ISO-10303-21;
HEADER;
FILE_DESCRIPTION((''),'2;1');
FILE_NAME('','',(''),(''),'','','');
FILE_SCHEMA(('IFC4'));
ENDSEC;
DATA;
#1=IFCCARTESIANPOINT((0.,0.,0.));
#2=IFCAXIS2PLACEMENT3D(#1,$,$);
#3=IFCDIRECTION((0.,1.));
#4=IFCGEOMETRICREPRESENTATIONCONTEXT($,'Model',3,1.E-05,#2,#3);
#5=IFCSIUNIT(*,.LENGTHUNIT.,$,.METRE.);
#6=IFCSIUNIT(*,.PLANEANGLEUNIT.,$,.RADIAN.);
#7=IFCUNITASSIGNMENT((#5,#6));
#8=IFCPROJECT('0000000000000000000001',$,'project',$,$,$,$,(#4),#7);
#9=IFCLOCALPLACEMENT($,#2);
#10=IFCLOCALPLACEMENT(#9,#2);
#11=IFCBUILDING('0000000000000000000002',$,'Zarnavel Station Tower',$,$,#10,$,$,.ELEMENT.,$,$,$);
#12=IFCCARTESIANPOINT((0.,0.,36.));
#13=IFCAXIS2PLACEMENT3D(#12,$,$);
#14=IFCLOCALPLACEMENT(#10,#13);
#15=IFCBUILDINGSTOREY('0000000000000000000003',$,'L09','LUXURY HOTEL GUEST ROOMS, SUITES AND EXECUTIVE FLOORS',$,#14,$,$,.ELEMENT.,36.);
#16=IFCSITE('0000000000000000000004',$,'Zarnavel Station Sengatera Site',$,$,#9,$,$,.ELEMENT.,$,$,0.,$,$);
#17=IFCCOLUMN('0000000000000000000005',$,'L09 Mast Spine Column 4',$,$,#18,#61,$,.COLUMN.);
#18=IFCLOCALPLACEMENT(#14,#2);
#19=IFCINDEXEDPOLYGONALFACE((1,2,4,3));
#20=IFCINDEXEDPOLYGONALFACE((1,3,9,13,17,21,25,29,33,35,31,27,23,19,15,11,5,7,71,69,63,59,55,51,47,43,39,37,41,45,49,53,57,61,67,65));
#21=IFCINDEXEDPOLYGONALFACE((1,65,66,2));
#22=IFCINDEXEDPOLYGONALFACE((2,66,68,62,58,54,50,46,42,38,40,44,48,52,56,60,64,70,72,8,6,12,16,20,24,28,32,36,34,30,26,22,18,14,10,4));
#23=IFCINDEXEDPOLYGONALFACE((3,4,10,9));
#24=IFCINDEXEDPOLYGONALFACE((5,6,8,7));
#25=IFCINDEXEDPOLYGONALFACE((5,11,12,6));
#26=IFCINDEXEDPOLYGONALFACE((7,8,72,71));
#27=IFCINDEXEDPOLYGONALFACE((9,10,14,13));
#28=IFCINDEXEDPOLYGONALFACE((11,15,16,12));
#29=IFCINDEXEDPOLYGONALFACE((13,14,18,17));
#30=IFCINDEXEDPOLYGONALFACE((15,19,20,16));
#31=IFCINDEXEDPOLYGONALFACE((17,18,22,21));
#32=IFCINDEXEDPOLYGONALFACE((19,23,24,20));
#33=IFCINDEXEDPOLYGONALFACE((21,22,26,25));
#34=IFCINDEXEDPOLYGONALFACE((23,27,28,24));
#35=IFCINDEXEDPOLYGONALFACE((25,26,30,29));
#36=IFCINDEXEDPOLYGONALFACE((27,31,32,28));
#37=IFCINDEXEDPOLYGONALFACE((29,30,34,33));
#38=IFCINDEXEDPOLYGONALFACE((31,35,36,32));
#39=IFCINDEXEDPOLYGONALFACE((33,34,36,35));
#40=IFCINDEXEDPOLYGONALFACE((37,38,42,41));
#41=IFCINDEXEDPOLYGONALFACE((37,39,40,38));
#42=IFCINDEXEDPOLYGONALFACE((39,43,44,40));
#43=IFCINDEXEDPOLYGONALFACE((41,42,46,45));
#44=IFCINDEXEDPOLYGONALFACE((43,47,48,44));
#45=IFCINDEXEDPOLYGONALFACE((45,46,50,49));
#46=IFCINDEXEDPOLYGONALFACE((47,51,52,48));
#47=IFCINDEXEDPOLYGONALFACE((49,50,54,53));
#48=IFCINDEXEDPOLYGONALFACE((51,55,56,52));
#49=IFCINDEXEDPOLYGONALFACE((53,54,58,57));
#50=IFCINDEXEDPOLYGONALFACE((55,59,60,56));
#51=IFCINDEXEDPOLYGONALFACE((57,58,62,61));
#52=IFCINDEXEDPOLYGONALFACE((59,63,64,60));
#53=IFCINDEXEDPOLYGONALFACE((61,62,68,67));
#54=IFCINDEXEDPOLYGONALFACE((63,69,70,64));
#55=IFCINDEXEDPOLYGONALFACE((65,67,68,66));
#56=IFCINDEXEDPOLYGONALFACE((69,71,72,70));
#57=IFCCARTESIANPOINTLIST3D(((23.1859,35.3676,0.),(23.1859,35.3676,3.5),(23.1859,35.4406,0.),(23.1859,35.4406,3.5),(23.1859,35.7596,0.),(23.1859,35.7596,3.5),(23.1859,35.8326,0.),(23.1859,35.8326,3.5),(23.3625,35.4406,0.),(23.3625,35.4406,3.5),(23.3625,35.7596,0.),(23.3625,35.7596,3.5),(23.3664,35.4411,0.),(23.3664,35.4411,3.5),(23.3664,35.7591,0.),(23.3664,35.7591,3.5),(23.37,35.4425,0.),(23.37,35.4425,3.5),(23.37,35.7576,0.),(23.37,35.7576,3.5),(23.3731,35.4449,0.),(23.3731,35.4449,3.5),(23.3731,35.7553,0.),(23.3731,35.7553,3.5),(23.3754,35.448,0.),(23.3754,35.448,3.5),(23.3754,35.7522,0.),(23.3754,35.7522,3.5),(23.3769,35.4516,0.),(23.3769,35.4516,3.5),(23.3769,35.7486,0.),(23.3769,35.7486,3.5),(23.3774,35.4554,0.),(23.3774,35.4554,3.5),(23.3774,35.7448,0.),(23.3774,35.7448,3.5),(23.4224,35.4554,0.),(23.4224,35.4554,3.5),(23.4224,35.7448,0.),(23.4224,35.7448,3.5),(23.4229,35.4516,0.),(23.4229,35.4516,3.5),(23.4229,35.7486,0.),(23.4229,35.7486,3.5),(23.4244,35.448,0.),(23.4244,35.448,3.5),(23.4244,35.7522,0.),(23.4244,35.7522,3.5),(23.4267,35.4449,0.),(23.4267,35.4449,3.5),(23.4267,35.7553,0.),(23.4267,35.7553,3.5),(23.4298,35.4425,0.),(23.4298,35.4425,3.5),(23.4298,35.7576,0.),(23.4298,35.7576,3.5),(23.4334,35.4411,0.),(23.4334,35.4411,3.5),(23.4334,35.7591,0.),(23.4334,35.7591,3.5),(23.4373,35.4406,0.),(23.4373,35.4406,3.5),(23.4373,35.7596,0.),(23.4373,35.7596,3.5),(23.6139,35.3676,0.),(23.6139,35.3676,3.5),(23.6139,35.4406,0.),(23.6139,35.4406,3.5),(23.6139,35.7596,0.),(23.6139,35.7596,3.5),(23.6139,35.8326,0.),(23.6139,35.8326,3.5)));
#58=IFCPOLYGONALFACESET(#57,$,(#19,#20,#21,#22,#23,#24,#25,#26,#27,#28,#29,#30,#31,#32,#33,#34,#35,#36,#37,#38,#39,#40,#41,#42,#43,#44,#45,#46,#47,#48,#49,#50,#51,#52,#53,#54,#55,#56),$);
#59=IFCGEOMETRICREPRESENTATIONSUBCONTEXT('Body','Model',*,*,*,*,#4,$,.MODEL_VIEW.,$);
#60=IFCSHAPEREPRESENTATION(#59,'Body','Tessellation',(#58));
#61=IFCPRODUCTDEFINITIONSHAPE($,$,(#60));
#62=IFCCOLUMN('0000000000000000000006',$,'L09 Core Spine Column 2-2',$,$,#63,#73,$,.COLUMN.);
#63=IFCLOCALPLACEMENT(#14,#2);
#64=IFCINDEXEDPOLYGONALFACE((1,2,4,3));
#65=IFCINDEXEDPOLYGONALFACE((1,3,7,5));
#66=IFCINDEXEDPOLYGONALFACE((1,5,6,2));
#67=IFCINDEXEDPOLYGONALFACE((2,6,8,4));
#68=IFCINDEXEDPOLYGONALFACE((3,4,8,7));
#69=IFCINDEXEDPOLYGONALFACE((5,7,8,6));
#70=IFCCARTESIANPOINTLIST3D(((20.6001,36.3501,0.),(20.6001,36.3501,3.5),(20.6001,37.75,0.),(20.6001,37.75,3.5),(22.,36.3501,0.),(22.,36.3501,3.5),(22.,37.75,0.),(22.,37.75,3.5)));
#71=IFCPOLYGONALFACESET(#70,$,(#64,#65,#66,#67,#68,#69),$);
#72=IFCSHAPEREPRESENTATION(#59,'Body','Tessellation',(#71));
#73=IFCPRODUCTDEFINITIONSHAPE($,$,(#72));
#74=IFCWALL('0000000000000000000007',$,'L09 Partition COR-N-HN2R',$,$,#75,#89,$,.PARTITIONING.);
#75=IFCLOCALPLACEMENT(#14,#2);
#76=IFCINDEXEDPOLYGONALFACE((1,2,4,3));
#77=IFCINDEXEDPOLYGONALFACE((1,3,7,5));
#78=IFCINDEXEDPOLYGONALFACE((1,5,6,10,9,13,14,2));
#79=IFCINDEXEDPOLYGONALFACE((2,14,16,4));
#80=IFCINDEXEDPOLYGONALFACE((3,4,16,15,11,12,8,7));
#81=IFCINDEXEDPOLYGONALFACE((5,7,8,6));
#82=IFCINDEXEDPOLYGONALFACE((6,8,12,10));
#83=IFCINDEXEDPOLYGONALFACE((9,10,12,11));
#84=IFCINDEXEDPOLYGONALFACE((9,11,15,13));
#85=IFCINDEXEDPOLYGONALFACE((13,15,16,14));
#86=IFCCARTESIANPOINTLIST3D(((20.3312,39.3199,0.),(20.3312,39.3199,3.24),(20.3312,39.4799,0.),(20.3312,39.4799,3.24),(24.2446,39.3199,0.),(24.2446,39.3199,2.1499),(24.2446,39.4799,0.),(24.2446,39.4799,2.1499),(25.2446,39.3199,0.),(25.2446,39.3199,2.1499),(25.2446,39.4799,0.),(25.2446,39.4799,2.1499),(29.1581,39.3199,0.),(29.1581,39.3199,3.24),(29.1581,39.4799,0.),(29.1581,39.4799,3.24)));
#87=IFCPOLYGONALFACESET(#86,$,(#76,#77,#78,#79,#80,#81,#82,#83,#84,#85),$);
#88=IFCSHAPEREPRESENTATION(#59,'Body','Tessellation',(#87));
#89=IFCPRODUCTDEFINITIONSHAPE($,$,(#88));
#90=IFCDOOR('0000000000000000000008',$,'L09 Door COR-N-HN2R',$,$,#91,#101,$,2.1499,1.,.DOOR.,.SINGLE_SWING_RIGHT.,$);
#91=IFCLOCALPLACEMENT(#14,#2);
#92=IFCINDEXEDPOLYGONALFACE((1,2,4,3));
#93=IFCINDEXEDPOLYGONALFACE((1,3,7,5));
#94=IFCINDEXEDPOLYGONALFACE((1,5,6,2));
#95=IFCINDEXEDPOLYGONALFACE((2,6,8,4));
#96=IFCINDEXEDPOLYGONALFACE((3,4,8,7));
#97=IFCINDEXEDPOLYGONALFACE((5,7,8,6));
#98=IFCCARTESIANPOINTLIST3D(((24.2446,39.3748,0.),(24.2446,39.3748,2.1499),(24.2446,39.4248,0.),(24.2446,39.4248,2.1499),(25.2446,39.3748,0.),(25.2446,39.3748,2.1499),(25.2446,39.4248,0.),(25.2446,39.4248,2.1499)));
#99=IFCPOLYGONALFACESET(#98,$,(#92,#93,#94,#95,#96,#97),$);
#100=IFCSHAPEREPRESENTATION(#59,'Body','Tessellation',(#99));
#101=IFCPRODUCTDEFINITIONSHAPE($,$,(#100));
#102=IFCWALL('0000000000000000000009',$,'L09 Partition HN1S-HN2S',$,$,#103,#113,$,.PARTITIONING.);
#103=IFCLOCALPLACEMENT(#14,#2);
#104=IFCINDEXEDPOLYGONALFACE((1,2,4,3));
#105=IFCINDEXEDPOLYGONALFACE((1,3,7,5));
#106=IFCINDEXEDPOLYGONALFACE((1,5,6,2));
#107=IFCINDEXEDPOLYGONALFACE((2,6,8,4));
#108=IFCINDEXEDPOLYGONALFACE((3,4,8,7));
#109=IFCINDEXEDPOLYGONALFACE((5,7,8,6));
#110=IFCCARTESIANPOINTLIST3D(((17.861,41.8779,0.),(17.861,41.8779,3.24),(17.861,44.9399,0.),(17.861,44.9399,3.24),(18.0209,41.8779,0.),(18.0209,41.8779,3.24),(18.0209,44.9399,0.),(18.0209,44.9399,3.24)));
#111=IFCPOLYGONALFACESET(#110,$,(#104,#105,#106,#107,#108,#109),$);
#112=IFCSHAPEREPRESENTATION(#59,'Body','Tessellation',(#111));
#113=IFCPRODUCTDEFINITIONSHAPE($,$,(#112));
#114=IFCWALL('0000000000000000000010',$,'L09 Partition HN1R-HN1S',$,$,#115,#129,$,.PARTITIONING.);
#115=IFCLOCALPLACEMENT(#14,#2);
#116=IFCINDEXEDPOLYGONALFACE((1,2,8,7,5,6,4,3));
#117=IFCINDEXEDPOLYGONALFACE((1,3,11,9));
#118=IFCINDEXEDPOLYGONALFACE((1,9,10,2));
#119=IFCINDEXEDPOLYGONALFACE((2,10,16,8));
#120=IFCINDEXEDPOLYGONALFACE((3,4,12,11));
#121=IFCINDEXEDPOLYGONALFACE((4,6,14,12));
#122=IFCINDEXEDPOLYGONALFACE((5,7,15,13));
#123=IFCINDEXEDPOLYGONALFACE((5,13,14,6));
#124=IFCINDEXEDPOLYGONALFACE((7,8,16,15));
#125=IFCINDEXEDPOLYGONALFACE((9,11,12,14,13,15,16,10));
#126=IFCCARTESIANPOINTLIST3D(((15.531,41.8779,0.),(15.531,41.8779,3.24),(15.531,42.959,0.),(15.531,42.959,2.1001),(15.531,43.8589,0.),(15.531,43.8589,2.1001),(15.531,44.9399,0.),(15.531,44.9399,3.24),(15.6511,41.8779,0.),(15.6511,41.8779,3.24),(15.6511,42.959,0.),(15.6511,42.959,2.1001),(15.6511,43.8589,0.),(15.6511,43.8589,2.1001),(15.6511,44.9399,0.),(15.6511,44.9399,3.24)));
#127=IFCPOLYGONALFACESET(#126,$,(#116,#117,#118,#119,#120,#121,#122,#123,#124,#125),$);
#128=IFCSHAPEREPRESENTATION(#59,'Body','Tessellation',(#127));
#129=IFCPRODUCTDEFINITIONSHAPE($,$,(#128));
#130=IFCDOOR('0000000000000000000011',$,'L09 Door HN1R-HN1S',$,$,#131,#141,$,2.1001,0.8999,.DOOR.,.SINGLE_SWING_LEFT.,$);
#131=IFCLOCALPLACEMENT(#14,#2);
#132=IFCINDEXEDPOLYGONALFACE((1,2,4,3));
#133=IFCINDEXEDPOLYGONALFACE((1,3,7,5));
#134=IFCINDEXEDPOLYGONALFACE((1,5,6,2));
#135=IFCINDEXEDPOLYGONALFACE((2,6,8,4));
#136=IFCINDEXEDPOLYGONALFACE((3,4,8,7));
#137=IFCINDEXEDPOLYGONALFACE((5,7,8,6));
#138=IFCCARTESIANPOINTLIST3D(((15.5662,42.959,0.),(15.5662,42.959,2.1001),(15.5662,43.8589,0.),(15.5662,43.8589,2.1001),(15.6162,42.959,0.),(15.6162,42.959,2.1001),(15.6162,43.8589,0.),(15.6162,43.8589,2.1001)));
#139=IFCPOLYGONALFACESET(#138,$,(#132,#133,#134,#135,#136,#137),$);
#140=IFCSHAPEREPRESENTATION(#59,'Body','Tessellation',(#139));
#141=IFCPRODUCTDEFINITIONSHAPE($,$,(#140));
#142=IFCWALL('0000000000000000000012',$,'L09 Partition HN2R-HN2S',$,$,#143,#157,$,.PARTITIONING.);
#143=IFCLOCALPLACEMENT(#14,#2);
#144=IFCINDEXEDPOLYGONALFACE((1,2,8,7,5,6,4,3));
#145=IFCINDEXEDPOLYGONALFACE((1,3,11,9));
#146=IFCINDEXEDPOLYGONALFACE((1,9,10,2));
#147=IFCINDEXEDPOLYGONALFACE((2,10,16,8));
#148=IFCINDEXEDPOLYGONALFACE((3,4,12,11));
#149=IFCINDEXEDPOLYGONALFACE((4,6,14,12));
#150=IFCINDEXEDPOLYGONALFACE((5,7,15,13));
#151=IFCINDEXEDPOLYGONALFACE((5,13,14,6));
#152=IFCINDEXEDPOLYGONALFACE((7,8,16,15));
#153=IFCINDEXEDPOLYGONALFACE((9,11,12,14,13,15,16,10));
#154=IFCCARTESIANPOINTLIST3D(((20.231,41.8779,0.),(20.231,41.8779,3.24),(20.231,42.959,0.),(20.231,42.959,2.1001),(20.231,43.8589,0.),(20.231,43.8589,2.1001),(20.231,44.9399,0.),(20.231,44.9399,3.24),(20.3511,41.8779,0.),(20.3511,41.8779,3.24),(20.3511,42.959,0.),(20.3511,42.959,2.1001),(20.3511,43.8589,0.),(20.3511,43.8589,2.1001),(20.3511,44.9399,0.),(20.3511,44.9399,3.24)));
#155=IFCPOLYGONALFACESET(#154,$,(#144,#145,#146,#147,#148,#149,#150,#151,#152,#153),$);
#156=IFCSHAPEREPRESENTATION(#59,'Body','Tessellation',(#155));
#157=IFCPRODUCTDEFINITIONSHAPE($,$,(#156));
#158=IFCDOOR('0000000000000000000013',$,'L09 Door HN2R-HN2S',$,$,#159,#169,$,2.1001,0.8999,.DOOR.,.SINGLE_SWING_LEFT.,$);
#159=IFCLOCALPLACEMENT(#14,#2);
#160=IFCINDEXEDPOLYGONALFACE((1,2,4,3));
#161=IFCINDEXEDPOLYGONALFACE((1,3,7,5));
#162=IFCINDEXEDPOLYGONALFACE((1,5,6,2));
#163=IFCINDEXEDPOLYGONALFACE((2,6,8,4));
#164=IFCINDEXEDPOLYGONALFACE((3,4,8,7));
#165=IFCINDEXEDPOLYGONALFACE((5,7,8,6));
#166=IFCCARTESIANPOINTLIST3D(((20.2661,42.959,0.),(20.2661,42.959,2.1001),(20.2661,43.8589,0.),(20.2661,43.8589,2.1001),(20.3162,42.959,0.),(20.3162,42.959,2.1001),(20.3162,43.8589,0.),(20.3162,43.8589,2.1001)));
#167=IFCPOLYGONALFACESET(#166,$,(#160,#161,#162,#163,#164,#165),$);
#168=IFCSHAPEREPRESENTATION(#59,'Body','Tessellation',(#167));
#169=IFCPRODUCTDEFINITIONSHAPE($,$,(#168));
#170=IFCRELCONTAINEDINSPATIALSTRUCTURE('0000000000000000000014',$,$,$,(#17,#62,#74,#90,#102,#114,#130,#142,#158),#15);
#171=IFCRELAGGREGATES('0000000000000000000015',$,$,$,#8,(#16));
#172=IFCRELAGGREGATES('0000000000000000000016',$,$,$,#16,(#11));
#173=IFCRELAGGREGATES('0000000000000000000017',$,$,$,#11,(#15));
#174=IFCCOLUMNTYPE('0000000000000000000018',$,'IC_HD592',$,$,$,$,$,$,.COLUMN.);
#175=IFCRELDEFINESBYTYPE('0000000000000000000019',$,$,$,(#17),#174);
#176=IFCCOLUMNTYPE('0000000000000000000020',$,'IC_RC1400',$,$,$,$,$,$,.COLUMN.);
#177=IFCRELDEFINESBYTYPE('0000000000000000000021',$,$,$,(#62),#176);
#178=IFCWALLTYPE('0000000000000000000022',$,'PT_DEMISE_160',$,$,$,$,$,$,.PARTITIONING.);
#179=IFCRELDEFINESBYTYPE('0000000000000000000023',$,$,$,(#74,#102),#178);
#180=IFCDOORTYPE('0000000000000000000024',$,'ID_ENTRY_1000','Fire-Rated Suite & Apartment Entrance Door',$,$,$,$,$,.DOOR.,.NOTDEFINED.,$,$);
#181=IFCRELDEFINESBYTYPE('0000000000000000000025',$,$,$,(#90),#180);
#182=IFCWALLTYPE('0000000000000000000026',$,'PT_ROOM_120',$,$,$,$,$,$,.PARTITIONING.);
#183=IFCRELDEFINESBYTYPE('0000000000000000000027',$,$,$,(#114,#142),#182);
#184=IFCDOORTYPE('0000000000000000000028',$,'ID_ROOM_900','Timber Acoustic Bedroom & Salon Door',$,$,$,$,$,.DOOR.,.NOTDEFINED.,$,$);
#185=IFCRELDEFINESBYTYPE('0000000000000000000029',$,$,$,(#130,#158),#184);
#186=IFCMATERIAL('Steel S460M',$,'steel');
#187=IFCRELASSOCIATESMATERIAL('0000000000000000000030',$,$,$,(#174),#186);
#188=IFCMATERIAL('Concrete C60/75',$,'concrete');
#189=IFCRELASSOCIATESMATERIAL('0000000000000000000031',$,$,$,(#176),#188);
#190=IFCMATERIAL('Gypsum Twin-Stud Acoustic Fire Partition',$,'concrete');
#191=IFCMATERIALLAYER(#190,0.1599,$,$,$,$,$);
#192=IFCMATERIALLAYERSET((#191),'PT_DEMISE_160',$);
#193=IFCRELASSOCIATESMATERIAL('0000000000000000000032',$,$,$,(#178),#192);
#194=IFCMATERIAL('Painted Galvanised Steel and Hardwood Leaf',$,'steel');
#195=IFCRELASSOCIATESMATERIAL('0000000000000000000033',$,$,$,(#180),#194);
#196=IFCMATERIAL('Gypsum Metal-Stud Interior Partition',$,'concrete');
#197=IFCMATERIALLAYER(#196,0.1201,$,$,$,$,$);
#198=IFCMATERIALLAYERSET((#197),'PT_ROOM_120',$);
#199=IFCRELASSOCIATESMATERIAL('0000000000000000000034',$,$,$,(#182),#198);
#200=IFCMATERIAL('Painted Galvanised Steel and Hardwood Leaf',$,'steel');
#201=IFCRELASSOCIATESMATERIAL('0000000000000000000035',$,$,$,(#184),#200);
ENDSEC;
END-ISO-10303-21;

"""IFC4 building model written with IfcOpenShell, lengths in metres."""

from ifc_helpers import new_model, si_unit, direction, frame, frame_2d, origin, origin_2d, place, context, subcontext, project, spatial, rectangle, i_section, extrude, material, layer, layer_set, material_profile, profile_set, type_object, element, fill, save


model = new_model("IFC4")

# Units and contexts
model_context = context("Model", 3, precision=1e-05, world=origin(), true_north=direction((0.0, 1.0)))
body_context = subcontext(model_context, "Body", "Model", "MODEL_VIEW")
ifc_project = project(units=[si_unit("LENGTHUNIT", "METRE"), si_unit("PLANEANGLEUNIT", "RADIAN")], contexts=[model_context])

# Site, building, storey
site_placement = place(None, origin())
site = spatial("IfcSite", under=ifc_project, at=site_placement, Name="Zarnavel Station Sengatera Site", CompositionType="ELEMENT", RefElevation=0.0)
building_placement = place(site_placement, origin())
building = spatial("IfcBuilding", under=site, at=building_placement, Name="Zarnavel Station Tower", CompositionType="ELEMENT")
storey_placement = place(building_placement, frame((0.0, 0.0, 36.0)))
storey = spatial("IfcBuildingStorey", under=building, at=storey_placement, Name="L09", Description="LUXURY HOTEL GUEST ROOMS, SUITES AND EXECUTIVE FLOORS", CompositionType="ELEMENT", Elevation=36.0)

# Columns
ifc_material_1 = material(Name="Steel S460M", Category="steel")
ifc_material_profile_1 = material_profile(ifc_material_1, i_section(OverallWidth=0.428, OverallDepth=0.4651, WebThickness=0.0449, FlangeThickness=0.073, FilletRadius=0.0149, at=origin_2d()), Name="HD400x592")
ifc_profile_set_1 = profile_set([ifc_material_profile_1], Name="Steel S460M")
column_type_1 = type_object("IfcColumnType", Name="IC_HD592", PredefinedType="COLUMN", material=ifc_profile_set_1)
column_1_placement = place(storey_placement, frame((23.3999, 35.6001, 0.0), z_axis=(0.0, 0.0, 1.0), x_axis=(1.0, 0.0, 0.0)))
element("IfcColumn", 1, at=column_1_placement, inside=storey, type_object=column_type_1, Name="L09 Mast Spine Column 4", PredefinedType="COLUMN", context=body_context, shape_type="SweptSolid", body=[
    extrude(i_section(OverallWidth=0.428, OverallDepth=0.4651, WebThickness=0.0449, FlangeThickness=0.073, FilletRadius=0.0149, at=origin_2d()), origin(), (0.0, 0.0, 1.0), 3.5),
])
ifc_material_2 = material(Name="Concrete C60/75", Category="concrete")
ifc_material_profile_2 = material_profile(ifc_material_2, rectangle(XDim=1.3999, YDim=1.3999, at=origin_2d()), Name="RC1400x1400")
ifc_profile_set_2 = profile_set([ifc_material_profile_2], Name="Concrete C60/75")
column_type_2 = type_object("IfcColumnType", Name="IC_RC1400", PredefinedType="COLUMN", material=ifc_profile_set_2)
column_2_placement = place(storey_placement, frame((21.3, 37.05, 0.0), z_axis=(0.0, 0.0, 1.0), x_axis=(1.0, 0.0, 0.0)))
element("IfcColumn", 2, at=column_2_placement, inside=storey, type_object=column_type_2, Name="L09 Core Spine Column 2-2", PredefinedType="COLUMN", context=body_context, shape_type="SweptSolid", body=[
    extrude(rectangle(XDim=1.3999, YDim=1.3999, at=origin_2d()), origin(), (0.0, 0.0, 1.0), 3.5),
])

# Wall, opening, door
ifc_material_3 = material(Name="Gypsum Twin-Stud Acoustic Fire Partition", Category="concrete")
ifc_layer_1 = layer(ifc_material_3, 0.1599)
ifc_layer_set_1 = layer_set([ifc_layer_1], Name="PT_DEMISE_160")
wall_type_1 = type_object("IfcWallType", Name="PT_DEMISE_160", PredefinedType="PARTITIONING", material=ifc_layer_set_1)
wall_1_placement = place(storey_placement, frame((20.3311, 39.3999, 0.0), z_axis=(0.0, 0.0, 1.0), x_axis=(1.0, 0.0, 0.0)))
wall_1 = element("IfcWall", 3, at=wall_1_placement, inside=storey, type_object=wall_type_1, Name="L09 Partition COR-N-HN2R", PredefinedType="PARTITIONING", context=body_context, shape_type="SweptSolid", body=[
    extrude(rectangle(XDim=8.8269, YDim=0.1599, at=frame_2d((4.4136, 0.0))), origin(), (0.0, 0.0, 1.0), 3.24),
])
opening_1_placement = place(wall_1_placement, frame((3.9136, 0.0, 0.0)))
opening_1 = element("IfcOpeningElement", 4, at=opening_1_placement, cuts=wall_1, PredefinedType="OPENING", context=body_context, shape_type="SweptSolid", body=[
    extrude(rectangle(XDim=1.0, YDim=2.1499, at=frame_2d((0.5, 1.075))), frame((0.0, 0.0898, 0.0), z_axis=(0.0, -1.0, 0.0), x_axis=(1.0, 0.0, 0.0)), (0.0, 0.0, 1.0), 0.1799),
])
ifc_material_4 = material(Name="Painted Galvanised Steel and Hardwood Leaf", Category="steel")
door_type_1 = type_object("IfcDoorType", Name="ID_ENTRY_1000", Description="Fire-Rated Suite & Apartment Entrance Door", OperationType="NOTDEFINED", PredefinedType="DOOR", material=ifc_material_4)
door_1_placement = place(opening_1_placement, origin())
door_1 = element("IfcDoor", 5, at=door_1_placement, inside=storey, type_object=door_type_1, Name="L09 Door COR-N-HN2R", OperationType="SINGLE_SWING_RIGHT", OverallHeight=2.1499, OverallWidth=1.0, PredefinedType="DOOR", context=body_context, shape_type="SweptSolid", body=[
    extrude(rectangle(XDim=1.0, YDim=2.1499, at=frame_2d((0.5, 1.075))), frame((0.0, 0.0249, 0.0), z_axis=(0.0, -1.0, 0.0), x_axis=(1.0, 0.0, 0.0)), (0.0, 0.0, 1.0), 0.05),
])
fill(opening_1, door_1)

# Wall
wall_2_placement = place(storey_placement, frame((17.9409, 41.8779, 0.0), z_axis=(0.0, 0.0, 1.0), x_axis=(0.0, 1.0, 0.0)))
element("IfcWall", 6, at=wall_2_placement, inside=storey, type_object=wall_type_1, Name="L09 Partition HN1S-HN2S", PredefinedType="PARTITIONING", context=body_context, shape_type="SweptSolid", body=[
    extrude(rectangle(XDim=3.062, YDim=0.1599, at=frame_2d((1.531, 0.0))), origin(), (0.0, 0.0, 1.0), 3.24),
])

# Walls, openings, doors
ifc_material_5 = material(Name="Gypsum Metal-Stud Interior Partition", Category="concrete")
ifc_layer_2 = layer(ifc_material_5, 0.1201)
ifc_layer_set_2 = layer_set([ifc_layer_2], Name="PT_ROOM_120")
wall_type_2 = type_object("IfcWallType", Name="PT_ROOM_120", PredefinedType="PARTITIONING", material=ifc_layer_set_2)
wall_3_placement = place(storey_placement, frame((15.5911, 41.8779, 0.0), z_axis=(0.0, 0.0, 1.0), x_axis=(0.0, 1.0, 0.0)))
wall_3 = element("IfcWall", 7, at=wall_3_placement, inside=storey, type_object=wall_type_2, Name="L09 Partition HN1R-HN1S", PredefinedType="PARTITIONING", context=body_context, shape_type="SweptSolid", body=[
    extrude(rectangle(XDim=3.062, YDim=0.1201, at=frame_2d((1.531, 0.0))), origin(), (0.0, 0.0, 1.0), 3.24),
])
opening_2_placement = place(wall_3_placement, frame((1.0811, 0.0, 0.0)))
opening_2 = element("IfcOpeningElement", 8, at=opening_2_placement, cuts=wall_3, PredefinedType="OPENING", context=body_context, shape_type="SweptSolid", body=[
    extrude(rectangle(XDim=0.8999, YDim=2.1001, at=frame_2d((0.45, 1.05))), frame((0.0, 0.0701, 0.0), z_axis=(0.0, -1.0, 0.0), x_axis=(1.0, 0.0, 0.0)), (0.0, 0.0, 1.0), 0.1401),
])
ifc_material_6 = material(Name="Painted Galvanised Steel and Hardwood Leaf", Category="steel")
door_type_2 = type_object("IfcDoorType", Name="ID_ROOM_900", Description="Timber Acoustic Bedroom & Salon Door", OperationType="NOTDEFINED", PredefinedType="DOOR", material=ifc_material_6)
door_2_placement = place(opening_2_placement, origin())
door_2 = element("IfcDoor", 9, at=door_2_placement, inside=storey, type_object=door_type_2, Name="L09 Door HN1R-HN1S", OperationType="SINGLE_SWING_LEFT", OverallHeight=2.1001, OverallWidth=0.8999, PredefinedType="DOOR", context=body_context, shape_type="SweptSolid", body=[
    extrude(rectangle(XDim=0.8999, YDim=2.1001, at=frame_2d((0.45, 1.05))), frame((0.0, 0.0249, 0.0), z_axis=(0.0, -1.0, 0.0), x_axis=(1.0, 0.0, 0.0)), (0.0, 0.0, 1.0), 0.05),
])
fill(opening_2, door_2)
wall_4_placement = place(storey_placement, frame((20.291, 41.8779, 0.0), z_axis=(0.0, 0.0, 1.0), x_axis=(0.0, 1.0, 0.0)))
wall_4 = element("IfcWall", 10, at=wall_4_placement, inside=storey, type_object=wall_type_2, Name="L09 Partition HN2R-HN2S", PredefinedType="PARTITIONING", context=body_context, shape_type="SweptSolid", body=[
    extrude(rectangle(XDim=3.062, YDim=0.1201, at=frame_2d((1.531, 0.0))), origin(), (0.0, 0.0, 1.0), 3.24),
])
opening_3_placement = place(wall_4_placement, frame((1.0811, 0.0, 0.0)))
opening_3 = element("IfcOpeningElement", 11, at=opening_3_placement, cuts=wall_4, PredefinedType="OPENING", context=body_context, shape_type="SweptSolid", body=[
    extrude(rectangle(XDim=0.8999, YDim=2.1001, at=frame_2d((0.45, 1.05))), frame((0.0, 0.0701, 0.0), z_axis=(0.0, -1.0, 0.0), x_axis=(1.0, 0.0, 0.0)), (0.0, 0.0, 1.0), 0.1401),
])
door_3_placement = place(opening_3_placement, origin())
door_3 = element("IfcDoor", 12, at=door_3_placement, inside=storey, type_object=door_type_2, Name="L09 Door HN2R-HN2S", OperationType="SINGLE_SWING_LEFT", OverallHeight=2.1001, OverallWidth=0.8999, PredefinedType="DOOR", context=body_context, shape_type="SweptSolid", body=[
    extrude(rectangle(XDim=0.8999, YDim=2.1001, at=frame_2d((0.45, 1.05))), frame((0.0, 0.0249, 0.0), z_axis=(0.0, -1.0, 0.0), x_axis=(1.0, 0.0, 0.0)), (0.0, 0.0, 1.0), 0.05),
])
fill(opening_3, door_3)

save(model, "model.ifc")
